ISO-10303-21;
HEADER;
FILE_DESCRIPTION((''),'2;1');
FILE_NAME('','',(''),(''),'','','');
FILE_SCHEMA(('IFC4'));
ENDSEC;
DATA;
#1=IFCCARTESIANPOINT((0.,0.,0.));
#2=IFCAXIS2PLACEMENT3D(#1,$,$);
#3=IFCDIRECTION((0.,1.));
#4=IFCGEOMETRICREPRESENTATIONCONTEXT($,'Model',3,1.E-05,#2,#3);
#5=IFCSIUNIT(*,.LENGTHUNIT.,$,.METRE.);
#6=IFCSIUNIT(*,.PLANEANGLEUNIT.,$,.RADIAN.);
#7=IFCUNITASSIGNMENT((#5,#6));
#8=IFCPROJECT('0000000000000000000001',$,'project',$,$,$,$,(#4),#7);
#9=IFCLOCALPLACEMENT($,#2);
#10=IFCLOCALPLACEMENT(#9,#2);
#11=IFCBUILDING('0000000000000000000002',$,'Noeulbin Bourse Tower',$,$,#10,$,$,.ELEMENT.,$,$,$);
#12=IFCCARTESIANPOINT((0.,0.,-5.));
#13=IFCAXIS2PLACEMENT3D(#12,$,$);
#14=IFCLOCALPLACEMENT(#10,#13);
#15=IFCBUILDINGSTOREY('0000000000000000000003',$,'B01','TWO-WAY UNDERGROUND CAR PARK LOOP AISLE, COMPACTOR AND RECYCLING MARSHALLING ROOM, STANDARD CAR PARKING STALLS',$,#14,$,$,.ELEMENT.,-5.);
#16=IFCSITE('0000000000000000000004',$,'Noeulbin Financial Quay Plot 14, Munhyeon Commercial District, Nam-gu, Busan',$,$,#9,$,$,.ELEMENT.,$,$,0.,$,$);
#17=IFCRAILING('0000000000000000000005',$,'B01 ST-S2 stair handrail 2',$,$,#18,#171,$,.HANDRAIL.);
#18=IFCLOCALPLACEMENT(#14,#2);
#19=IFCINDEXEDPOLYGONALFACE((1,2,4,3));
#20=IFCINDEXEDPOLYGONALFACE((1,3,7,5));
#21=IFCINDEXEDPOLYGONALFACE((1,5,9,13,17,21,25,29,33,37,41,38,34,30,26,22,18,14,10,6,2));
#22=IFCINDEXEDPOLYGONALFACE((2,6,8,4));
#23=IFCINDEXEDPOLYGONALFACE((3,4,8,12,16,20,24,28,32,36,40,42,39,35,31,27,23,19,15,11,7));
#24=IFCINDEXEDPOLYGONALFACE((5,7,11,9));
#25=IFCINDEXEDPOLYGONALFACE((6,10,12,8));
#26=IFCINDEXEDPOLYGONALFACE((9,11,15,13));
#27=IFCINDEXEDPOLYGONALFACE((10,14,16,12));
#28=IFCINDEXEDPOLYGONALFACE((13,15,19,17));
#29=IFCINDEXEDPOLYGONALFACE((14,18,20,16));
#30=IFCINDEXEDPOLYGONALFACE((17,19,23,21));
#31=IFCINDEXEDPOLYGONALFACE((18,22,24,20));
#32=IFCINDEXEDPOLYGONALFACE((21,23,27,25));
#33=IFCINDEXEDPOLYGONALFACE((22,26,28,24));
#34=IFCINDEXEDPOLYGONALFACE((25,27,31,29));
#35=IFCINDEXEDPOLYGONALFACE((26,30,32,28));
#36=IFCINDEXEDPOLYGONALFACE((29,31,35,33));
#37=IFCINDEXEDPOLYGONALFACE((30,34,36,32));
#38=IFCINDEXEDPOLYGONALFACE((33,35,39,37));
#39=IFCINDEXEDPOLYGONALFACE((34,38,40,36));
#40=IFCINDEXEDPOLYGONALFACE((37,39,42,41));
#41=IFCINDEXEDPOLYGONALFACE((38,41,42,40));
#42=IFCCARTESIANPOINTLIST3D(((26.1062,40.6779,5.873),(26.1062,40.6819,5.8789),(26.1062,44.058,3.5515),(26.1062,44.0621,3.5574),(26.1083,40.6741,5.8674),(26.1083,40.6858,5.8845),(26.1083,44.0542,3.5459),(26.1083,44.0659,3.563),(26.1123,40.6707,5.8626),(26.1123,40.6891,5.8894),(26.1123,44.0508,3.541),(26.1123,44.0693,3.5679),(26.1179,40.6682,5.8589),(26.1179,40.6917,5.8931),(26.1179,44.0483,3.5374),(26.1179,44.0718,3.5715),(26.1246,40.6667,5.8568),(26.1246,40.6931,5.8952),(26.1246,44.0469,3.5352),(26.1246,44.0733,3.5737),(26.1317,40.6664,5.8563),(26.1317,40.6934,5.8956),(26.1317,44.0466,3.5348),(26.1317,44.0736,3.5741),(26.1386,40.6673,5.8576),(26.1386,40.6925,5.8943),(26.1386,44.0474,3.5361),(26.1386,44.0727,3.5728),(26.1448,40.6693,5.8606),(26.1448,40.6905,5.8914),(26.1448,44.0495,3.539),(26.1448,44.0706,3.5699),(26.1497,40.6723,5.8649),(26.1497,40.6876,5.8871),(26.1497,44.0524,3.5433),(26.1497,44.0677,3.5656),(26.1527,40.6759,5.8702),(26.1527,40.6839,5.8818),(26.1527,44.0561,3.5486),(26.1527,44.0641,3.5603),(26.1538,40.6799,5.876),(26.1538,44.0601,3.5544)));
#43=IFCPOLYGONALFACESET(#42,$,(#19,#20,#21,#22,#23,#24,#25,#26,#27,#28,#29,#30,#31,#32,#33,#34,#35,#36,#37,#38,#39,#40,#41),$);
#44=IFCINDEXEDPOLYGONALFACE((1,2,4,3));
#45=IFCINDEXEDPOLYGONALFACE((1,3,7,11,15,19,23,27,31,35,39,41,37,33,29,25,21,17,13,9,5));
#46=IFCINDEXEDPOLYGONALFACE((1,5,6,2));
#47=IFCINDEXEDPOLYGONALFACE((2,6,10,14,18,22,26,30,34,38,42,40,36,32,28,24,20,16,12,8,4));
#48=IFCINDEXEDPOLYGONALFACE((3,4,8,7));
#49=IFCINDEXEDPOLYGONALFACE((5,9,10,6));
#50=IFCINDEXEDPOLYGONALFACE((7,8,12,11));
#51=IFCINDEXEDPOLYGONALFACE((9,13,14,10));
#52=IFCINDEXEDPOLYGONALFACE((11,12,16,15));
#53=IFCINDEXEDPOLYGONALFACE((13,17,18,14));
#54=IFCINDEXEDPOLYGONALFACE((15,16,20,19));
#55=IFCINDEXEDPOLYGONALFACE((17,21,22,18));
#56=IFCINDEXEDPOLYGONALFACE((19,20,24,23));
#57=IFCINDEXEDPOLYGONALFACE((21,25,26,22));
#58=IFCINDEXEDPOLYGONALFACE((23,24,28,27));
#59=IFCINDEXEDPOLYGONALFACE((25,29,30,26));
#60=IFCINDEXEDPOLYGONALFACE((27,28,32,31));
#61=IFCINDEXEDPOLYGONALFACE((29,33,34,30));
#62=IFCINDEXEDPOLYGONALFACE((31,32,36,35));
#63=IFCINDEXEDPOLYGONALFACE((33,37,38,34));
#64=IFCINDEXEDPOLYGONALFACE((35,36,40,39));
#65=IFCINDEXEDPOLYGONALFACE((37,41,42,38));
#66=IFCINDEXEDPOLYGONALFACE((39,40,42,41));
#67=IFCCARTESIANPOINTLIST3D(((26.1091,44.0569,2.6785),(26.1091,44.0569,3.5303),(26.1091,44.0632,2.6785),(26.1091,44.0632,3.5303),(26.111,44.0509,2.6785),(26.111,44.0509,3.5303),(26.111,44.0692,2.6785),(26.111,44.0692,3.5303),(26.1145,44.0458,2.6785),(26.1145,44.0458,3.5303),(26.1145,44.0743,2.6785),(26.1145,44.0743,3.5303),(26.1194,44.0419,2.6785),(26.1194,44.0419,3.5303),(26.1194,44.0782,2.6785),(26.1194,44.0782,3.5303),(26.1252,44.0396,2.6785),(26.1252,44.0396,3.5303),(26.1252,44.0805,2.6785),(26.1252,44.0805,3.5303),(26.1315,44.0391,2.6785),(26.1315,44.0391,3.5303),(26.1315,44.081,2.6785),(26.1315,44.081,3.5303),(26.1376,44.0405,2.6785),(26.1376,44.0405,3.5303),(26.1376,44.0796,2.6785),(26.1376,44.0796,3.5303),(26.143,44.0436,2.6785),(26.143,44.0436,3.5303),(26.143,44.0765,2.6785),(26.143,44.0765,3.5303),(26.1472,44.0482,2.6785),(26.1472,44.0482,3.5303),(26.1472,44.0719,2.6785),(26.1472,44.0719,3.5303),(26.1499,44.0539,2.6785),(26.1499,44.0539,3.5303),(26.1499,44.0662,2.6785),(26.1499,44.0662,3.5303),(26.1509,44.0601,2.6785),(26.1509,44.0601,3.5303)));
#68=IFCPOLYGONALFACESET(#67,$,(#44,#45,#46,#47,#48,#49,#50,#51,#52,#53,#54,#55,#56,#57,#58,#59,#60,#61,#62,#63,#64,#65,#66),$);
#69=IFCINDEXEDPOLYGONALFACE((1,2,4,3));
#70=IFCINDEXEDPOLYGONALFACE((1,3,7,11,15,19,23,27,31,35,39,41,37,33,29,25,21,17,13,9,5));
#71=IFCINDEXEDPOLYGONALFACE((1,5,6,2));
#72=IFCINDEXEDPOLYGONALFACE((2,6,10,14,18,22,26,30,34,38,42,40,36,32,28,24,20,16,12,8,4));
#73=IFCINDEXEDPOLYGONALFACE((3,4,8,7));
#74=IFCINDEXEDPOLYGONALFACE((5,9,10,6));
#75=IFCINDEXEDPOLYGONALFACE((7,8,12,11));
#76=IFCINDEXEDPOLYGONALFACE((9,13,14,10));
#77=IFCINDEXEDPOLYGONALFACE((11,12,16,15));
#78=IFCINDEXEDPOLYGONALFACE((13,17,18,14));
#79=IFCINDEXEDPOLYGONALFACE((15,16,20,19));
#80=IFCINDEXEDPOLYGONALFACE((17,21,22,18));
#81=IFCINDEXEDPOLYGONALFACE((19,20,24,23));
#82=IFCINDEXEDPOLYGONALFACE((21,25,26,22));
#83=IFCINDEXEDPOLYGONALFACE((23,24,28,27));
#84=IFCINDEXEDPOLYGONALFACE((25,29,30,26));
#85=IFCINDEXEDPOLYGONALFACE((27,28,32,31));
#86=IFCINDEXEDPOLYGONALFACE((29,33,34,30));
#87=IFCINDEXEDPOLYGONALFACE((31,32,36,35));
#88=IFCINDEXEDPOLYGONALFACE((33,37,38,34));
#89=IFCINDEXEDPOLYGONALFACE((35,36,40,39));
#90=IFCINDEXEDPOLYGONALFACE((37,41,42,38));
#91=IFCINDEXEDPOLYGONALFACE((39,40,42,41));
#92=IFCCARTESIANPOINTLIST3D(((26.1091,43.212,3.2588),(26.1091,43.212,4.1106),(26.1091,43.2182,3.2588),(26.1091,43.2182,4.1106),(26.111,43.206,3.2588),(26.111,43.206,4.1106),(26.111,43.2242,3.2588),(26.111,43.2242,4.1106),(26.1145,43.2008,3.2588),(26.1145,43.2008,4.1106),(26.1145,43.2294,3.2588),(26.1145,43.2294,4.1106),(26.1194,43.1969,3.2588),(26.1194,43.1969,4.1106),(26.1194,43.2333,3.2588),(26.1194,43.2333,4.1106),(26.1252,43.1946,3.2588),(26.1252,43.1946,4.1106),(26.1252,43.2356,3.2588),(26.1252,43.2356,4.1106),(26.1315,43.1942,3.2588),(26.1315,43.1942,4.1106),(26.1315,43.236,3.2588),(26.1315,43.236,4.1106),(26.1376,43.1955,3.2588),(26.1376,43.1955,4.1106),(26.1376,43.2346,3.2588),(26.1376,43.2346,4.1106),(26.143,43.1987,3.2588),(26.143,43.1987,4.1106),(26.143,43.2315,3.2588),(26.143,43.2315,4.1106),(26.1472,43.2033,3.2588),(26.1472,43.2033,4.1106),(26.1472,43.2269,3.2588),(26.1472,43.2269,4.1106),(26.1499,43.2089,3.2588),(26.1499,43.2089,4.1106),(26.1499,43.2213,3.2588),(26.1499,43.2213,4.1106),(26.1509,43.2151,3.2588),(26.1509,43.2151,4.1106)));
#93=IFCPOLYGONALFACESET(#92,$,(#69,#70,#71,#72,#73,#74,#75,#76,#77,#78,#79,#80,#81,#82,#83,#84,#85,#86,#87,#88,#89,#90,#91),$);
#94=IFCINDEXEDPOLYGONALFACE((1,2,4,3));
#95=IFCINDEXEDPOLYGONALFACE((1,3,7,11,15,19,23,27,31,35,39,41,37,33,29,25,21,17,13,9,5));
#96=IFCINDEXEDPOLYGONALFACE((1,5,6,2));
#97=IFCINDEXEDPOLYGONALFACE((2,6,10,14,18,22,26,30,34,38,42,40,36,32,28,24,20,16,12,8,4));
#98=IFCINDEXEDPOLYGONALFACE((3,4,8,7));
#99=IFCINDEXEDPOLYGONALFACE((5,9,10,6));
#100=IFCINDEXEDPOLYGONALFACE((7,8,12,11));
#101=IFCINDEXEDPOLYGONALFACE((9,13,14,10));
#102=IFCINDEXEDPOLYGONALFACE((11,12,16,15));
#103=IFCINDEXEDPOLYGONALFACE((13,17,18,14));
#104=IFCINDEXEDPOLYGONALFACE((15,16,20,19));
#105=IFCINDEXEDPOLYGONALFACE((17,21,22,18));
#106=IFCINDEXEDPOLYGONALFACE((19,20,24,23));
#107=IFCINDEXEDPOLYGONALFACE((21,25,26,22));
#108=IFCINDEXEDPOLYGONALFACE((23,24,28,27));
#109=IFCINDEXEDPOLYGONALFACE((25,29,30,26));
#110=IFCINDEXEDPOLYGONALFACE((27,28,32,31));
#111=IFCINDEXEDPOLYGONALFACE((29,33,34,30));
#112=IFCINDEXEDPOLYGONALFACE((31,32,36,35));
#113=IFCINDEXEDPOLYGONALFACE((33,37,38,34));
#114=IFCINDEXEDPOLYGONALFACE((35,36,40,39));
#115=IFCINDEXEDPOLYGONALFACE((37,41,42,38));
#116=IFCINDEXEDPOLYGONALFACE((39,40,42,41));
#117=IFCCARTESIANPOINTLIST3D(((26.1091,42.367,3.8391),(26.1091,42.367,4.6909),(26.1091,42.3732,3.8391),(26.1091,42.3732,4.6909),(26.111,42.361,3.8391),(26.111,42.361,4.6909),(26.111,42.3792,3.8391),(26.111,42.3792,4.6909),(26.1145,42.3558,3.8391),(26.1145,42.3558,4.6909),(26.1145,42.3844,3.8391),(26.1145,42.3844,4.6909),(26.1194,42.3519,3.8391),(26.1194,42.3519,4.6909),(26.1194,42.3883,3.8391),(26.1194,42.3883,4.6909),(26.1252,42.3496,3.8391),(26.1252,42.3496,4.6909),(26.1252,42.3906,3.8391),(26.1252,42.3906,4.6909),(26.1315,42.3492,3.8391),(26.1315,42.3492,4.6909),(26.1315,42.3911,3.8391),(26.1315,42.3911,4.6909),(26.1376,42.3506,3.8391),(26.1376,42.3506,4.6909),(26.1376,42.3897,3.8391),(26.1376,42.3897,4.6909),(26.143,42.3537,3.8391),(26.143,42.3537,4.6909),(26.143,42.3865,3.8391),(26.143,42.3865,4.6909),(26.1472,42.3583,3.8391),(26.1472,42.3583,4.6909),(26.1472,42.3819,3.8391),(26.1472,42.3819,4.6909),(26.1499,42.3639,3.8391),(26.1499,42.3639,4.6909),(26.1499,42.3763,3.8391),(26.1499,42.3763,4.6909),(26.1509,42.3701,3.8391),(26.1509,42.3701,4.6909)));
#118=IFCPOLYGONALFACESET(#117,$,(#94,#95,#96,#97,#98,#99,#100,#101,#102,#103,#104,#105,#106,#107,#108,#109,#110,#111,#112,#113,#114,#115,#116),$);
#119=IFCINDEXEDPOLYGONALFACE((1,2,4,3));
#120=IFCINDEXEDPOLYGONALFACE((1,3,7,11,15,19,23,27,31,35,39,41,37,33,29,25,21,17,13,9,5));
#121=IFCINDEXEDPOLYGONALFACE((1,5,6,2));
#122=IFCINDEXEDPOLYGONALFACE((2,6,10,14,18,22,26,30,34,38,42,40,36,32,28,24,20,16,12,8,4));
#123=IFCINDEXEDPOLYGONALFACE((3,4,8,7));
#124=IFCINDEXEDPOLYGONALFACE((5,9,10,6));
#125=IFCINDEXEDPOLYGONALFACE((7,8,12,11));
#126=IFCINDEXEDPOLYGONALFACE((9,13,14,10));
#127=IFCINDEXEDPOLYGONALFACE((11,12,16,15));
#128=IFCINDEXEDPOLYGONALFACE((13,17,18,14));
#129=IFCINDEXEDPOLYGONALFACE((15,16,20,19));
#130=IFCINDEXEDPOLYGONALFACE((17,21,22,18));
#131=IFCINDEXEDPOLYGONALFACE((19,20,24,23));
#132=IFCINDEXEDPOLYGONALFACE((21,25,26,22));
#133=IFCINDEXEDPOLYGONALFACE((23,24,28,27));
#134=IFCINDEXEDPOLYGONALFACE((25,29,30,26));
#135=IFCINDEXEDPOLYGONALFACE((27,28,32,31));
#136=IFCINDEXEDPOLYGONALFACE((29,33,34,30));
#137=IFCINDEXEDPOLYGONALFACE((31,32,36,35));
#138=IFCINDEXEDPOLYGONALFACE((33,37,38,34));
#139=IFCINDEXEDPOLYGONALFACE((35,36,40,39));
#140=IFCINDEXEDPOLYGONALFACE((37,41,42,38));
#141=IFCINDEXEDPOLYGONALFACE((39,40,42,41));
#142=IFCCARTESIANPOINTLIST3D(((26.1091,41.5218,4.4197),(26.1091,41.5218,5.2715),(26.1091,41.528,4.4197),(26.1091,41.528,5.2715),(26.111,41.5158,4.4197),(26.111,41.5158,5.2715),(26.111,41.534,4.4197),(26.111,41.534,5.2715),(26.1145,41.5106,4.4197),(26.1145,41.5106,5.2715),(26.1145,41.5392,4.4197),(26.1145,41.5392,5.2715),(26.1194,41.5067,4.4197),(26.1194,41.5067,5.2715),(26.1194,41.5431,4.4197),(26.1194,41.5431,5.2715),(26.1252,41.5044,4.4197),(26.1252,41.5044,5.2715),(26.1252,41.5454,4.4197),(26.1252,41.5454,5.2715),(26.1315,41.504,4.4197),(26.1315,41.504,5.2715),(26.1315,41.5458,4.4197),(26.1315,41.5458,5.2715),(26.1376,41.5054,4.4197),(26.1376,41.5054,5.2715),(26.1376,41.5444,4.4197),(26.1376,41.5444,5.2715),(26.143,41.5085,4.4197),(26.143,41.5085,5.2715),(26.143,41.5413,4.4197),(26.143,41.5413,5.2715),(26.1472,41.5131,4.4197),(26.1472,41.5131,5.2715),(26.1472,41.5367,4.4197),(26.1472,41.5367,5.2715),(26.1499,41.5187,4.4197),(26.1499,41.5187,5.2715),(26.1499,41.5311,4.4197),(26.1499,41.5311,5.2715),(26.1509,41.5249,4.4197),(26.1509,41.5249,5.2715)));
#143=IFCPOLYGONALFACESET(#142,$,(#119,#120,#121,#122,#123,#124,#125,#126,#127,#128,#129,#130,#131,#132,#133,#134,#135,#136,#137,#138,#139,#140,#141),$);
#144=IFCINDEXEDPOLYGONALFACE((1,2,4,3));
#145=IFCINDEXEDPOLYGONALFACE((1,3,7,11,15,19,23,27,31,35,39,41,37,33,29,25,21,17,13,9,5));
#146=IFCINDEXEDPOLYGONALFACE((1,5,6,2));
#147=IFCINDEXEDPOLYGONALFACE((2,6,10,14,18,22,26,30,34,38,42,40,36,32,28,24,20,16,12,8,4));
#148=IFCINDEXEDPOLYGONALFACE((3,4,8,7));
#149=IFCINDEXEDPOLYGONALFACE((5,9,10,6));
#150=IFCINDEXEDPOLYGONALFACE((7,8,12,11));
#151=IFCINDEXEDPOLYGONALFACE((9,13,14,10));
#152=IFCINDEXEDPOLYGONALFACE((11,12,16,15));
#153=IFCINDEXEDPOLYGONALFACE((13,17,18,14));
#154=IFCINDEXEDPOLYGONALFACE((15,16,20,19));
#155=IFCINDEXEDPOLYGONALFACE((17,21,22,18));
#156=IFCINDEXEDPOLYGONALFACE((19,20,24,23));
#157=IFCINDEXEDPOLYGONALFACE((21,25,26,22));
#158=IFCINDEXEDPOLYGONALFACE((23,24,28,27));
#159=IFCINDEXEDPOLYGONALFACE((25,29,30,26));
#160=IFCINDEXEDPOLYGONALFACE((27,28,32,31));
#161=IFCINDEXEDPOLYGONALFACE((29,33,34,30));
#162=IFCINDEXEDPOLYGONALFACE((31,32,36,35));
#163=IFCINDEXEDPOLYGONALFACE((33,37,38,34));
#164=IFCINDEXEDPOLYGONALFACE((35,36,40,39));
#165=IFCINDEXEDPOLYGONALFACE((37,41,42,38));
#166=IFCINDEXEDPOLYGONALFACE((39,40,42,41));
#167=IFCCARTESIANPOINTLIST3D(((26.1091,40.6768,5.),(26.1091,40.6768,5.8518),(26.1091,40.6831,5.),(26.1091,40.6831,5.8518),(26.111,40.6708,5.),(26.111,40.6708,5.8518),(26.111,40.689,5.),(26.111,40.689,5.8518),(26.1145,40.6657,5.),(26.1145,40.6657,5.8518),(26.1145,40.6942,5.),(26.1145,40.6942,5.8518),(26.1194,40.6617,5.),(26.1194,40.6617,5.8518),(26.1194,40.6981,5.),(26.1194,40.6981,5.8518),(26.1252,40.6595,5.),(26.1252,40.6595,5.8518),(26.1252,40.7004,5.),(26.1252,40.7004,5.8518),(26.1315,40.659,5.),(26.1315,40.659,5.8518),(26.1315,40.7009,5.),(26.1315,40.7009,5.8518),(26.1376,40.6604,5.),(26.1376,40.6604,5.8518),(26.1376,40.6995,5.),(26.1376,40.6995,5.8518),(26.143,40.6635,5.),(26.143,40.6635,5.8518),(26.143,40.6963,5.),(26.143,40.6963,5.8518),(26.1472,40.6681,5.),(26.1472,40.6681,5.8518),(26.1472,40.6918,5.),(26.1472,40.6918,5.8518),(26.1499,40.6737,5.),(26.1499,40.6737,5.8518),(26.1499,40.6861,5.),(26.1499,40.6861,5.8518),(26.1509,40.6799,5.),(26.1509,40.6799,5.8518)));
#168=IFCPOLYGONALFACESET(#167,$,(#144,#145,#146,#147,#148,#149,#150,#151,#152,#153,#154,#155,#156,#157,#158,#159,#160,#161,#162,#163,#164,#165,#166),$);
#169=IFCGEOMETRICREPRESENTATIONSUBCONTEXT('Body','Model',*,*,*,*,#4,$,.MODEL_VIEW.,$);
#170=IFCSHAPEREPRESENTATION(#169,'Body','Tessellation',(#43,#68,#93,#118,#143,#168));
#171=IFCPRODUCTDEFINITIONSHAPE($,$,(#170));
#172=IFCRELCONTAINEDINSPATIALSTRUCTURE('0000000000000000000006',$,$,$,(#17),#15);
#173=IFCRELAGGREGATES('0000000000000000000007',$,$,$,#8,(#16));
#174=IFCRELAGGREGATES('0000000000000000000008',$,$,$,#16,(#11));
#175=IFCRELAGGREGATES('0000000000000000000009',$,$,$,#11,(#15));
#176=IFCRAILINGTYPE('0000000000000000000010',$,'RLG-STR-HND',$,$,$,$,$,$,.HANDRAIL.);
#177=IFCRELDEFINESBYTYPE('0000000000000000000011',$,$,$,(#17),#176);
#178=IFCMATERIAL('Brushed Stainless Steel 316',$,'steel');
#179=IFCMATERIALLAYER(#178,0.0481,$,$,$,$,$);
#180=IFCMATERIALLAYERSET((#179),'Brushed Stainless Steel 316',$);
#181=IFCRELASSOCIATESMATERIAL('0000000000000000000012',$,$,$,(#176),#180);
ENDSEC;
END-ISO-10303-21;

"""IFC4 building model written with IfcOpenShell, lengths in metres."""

from ifc_helpers import new_model, si_unit, direction, frame, origin, origin_2d, place, context, subcontext, project, spatial, circle, extrude, material, layer, layer_set, type_object, element, save


model = new_model("IFC4")

# Units and contexts
model_context = context("Model", 3, precision=1e-05, world=origin(), true_north=direction((0.0, 1.0)))
body_context = subcontext(model_context, "Body", "Model", "MODEL_VIEW")
ifc_project = project(units=[si_unit("LENGTHUNIT", "METRE"), si_unit("PLANEANGLEUNIT", "RADIAN")], contexts=[model_context])

# Site, building, storey
site_placement = place(None, origin())
site = spatial("IfcSite", under=ifc_project, at=site_placement, Name="Noeulbin Financial Quay Plot 14, Munhyeon Commercial District, Nam-gu, Busan", CompositionType="ELEMENT", RefElevation=0.0)
building_placement = place(site_placement, origin())
building = spatial("IfcBuilding", under=site, at=building_placement, Name="Noeulbin Bourse Tower", CompositionType="ELEMENT")
storey_placement = place(building_placement, frame((0.0, 0.0, -5.0)))
storey = spatial("IfcBuildingStorey", under=building, at=storey_placement, Name="B01", Description="TWO-WAY UNDERGROUND CAR PARK LOOP AISLE, COMPACTOR AND RECYCLING MARSHALLING ROOM, STANDARD CAR PARKING STALLS", CompositionType="ELEMENT", Elevation=-5.0)

# Railing
ifc_material_1 = material(Name="Brushed Stainless Steel 316", Category="steel")
ifc_layer_1 = layer(ifc_material_1, 0.0481)
ifc_layer_set_1 = layer_set([ifc_layer_1], Name="Brushed Stainless Steel 316")
railing_type_1 = type_object("IfcRailingType", Name="RLG-STR-HND", PredefinedType="HANDRAIL", material=ifc_layer_set_1)
railing_1_placement = place(storey_placement, frame((26.1299, 44.0601, 2.6785)))
element("IfcRailing", 1, at=railing_1_placement, inside=storey, type_object=railing_type_1, Name="B01 ST-S2 stair handrail 2", PredefinedType="HANDRAIL", context=body_context, shape_type="SweptSolid", body=[
    extrude(circle(Radius=0.0239, at=origin_2d()), frame((0.0, 0.0, 0.876), z_axis=(0.0, -0.824304, 0.566147), x_axis=(1.0, 0.0, 0.0)), (0.0, 0.0, 1.0), 4.1006),
    extrude(circle(Radius=0.021, at=origin_2d()), origin(), (0.0, 0.0, 1.0), 0.8518),
    extrude(circle(Radius=0.021, at=origin_2d()), frame((0.0, -0.845, 0.5803)), (0.0, 0.0, 1.0), 0.8518),
    extrude(circle(Radius=0.021, at=origin_2d()), frame((0.0, -1.6899, 1.1606)), (0.0, 0.0, 1.0), 0.8518),
    extrude(circle(Radius=0.021, at=origin_2d()), frame((0.0, -2.5352, 1.7412)), (0.0, 0.0, 1.0), 0.8518),
    extrude(circle(Radius=0.021, at=origin_2d()), frame((0.0, -3.3801, 2.3215)), (0.0, 0.0, 1.0), 0.8518),
])

save(model, "model.ifc")
